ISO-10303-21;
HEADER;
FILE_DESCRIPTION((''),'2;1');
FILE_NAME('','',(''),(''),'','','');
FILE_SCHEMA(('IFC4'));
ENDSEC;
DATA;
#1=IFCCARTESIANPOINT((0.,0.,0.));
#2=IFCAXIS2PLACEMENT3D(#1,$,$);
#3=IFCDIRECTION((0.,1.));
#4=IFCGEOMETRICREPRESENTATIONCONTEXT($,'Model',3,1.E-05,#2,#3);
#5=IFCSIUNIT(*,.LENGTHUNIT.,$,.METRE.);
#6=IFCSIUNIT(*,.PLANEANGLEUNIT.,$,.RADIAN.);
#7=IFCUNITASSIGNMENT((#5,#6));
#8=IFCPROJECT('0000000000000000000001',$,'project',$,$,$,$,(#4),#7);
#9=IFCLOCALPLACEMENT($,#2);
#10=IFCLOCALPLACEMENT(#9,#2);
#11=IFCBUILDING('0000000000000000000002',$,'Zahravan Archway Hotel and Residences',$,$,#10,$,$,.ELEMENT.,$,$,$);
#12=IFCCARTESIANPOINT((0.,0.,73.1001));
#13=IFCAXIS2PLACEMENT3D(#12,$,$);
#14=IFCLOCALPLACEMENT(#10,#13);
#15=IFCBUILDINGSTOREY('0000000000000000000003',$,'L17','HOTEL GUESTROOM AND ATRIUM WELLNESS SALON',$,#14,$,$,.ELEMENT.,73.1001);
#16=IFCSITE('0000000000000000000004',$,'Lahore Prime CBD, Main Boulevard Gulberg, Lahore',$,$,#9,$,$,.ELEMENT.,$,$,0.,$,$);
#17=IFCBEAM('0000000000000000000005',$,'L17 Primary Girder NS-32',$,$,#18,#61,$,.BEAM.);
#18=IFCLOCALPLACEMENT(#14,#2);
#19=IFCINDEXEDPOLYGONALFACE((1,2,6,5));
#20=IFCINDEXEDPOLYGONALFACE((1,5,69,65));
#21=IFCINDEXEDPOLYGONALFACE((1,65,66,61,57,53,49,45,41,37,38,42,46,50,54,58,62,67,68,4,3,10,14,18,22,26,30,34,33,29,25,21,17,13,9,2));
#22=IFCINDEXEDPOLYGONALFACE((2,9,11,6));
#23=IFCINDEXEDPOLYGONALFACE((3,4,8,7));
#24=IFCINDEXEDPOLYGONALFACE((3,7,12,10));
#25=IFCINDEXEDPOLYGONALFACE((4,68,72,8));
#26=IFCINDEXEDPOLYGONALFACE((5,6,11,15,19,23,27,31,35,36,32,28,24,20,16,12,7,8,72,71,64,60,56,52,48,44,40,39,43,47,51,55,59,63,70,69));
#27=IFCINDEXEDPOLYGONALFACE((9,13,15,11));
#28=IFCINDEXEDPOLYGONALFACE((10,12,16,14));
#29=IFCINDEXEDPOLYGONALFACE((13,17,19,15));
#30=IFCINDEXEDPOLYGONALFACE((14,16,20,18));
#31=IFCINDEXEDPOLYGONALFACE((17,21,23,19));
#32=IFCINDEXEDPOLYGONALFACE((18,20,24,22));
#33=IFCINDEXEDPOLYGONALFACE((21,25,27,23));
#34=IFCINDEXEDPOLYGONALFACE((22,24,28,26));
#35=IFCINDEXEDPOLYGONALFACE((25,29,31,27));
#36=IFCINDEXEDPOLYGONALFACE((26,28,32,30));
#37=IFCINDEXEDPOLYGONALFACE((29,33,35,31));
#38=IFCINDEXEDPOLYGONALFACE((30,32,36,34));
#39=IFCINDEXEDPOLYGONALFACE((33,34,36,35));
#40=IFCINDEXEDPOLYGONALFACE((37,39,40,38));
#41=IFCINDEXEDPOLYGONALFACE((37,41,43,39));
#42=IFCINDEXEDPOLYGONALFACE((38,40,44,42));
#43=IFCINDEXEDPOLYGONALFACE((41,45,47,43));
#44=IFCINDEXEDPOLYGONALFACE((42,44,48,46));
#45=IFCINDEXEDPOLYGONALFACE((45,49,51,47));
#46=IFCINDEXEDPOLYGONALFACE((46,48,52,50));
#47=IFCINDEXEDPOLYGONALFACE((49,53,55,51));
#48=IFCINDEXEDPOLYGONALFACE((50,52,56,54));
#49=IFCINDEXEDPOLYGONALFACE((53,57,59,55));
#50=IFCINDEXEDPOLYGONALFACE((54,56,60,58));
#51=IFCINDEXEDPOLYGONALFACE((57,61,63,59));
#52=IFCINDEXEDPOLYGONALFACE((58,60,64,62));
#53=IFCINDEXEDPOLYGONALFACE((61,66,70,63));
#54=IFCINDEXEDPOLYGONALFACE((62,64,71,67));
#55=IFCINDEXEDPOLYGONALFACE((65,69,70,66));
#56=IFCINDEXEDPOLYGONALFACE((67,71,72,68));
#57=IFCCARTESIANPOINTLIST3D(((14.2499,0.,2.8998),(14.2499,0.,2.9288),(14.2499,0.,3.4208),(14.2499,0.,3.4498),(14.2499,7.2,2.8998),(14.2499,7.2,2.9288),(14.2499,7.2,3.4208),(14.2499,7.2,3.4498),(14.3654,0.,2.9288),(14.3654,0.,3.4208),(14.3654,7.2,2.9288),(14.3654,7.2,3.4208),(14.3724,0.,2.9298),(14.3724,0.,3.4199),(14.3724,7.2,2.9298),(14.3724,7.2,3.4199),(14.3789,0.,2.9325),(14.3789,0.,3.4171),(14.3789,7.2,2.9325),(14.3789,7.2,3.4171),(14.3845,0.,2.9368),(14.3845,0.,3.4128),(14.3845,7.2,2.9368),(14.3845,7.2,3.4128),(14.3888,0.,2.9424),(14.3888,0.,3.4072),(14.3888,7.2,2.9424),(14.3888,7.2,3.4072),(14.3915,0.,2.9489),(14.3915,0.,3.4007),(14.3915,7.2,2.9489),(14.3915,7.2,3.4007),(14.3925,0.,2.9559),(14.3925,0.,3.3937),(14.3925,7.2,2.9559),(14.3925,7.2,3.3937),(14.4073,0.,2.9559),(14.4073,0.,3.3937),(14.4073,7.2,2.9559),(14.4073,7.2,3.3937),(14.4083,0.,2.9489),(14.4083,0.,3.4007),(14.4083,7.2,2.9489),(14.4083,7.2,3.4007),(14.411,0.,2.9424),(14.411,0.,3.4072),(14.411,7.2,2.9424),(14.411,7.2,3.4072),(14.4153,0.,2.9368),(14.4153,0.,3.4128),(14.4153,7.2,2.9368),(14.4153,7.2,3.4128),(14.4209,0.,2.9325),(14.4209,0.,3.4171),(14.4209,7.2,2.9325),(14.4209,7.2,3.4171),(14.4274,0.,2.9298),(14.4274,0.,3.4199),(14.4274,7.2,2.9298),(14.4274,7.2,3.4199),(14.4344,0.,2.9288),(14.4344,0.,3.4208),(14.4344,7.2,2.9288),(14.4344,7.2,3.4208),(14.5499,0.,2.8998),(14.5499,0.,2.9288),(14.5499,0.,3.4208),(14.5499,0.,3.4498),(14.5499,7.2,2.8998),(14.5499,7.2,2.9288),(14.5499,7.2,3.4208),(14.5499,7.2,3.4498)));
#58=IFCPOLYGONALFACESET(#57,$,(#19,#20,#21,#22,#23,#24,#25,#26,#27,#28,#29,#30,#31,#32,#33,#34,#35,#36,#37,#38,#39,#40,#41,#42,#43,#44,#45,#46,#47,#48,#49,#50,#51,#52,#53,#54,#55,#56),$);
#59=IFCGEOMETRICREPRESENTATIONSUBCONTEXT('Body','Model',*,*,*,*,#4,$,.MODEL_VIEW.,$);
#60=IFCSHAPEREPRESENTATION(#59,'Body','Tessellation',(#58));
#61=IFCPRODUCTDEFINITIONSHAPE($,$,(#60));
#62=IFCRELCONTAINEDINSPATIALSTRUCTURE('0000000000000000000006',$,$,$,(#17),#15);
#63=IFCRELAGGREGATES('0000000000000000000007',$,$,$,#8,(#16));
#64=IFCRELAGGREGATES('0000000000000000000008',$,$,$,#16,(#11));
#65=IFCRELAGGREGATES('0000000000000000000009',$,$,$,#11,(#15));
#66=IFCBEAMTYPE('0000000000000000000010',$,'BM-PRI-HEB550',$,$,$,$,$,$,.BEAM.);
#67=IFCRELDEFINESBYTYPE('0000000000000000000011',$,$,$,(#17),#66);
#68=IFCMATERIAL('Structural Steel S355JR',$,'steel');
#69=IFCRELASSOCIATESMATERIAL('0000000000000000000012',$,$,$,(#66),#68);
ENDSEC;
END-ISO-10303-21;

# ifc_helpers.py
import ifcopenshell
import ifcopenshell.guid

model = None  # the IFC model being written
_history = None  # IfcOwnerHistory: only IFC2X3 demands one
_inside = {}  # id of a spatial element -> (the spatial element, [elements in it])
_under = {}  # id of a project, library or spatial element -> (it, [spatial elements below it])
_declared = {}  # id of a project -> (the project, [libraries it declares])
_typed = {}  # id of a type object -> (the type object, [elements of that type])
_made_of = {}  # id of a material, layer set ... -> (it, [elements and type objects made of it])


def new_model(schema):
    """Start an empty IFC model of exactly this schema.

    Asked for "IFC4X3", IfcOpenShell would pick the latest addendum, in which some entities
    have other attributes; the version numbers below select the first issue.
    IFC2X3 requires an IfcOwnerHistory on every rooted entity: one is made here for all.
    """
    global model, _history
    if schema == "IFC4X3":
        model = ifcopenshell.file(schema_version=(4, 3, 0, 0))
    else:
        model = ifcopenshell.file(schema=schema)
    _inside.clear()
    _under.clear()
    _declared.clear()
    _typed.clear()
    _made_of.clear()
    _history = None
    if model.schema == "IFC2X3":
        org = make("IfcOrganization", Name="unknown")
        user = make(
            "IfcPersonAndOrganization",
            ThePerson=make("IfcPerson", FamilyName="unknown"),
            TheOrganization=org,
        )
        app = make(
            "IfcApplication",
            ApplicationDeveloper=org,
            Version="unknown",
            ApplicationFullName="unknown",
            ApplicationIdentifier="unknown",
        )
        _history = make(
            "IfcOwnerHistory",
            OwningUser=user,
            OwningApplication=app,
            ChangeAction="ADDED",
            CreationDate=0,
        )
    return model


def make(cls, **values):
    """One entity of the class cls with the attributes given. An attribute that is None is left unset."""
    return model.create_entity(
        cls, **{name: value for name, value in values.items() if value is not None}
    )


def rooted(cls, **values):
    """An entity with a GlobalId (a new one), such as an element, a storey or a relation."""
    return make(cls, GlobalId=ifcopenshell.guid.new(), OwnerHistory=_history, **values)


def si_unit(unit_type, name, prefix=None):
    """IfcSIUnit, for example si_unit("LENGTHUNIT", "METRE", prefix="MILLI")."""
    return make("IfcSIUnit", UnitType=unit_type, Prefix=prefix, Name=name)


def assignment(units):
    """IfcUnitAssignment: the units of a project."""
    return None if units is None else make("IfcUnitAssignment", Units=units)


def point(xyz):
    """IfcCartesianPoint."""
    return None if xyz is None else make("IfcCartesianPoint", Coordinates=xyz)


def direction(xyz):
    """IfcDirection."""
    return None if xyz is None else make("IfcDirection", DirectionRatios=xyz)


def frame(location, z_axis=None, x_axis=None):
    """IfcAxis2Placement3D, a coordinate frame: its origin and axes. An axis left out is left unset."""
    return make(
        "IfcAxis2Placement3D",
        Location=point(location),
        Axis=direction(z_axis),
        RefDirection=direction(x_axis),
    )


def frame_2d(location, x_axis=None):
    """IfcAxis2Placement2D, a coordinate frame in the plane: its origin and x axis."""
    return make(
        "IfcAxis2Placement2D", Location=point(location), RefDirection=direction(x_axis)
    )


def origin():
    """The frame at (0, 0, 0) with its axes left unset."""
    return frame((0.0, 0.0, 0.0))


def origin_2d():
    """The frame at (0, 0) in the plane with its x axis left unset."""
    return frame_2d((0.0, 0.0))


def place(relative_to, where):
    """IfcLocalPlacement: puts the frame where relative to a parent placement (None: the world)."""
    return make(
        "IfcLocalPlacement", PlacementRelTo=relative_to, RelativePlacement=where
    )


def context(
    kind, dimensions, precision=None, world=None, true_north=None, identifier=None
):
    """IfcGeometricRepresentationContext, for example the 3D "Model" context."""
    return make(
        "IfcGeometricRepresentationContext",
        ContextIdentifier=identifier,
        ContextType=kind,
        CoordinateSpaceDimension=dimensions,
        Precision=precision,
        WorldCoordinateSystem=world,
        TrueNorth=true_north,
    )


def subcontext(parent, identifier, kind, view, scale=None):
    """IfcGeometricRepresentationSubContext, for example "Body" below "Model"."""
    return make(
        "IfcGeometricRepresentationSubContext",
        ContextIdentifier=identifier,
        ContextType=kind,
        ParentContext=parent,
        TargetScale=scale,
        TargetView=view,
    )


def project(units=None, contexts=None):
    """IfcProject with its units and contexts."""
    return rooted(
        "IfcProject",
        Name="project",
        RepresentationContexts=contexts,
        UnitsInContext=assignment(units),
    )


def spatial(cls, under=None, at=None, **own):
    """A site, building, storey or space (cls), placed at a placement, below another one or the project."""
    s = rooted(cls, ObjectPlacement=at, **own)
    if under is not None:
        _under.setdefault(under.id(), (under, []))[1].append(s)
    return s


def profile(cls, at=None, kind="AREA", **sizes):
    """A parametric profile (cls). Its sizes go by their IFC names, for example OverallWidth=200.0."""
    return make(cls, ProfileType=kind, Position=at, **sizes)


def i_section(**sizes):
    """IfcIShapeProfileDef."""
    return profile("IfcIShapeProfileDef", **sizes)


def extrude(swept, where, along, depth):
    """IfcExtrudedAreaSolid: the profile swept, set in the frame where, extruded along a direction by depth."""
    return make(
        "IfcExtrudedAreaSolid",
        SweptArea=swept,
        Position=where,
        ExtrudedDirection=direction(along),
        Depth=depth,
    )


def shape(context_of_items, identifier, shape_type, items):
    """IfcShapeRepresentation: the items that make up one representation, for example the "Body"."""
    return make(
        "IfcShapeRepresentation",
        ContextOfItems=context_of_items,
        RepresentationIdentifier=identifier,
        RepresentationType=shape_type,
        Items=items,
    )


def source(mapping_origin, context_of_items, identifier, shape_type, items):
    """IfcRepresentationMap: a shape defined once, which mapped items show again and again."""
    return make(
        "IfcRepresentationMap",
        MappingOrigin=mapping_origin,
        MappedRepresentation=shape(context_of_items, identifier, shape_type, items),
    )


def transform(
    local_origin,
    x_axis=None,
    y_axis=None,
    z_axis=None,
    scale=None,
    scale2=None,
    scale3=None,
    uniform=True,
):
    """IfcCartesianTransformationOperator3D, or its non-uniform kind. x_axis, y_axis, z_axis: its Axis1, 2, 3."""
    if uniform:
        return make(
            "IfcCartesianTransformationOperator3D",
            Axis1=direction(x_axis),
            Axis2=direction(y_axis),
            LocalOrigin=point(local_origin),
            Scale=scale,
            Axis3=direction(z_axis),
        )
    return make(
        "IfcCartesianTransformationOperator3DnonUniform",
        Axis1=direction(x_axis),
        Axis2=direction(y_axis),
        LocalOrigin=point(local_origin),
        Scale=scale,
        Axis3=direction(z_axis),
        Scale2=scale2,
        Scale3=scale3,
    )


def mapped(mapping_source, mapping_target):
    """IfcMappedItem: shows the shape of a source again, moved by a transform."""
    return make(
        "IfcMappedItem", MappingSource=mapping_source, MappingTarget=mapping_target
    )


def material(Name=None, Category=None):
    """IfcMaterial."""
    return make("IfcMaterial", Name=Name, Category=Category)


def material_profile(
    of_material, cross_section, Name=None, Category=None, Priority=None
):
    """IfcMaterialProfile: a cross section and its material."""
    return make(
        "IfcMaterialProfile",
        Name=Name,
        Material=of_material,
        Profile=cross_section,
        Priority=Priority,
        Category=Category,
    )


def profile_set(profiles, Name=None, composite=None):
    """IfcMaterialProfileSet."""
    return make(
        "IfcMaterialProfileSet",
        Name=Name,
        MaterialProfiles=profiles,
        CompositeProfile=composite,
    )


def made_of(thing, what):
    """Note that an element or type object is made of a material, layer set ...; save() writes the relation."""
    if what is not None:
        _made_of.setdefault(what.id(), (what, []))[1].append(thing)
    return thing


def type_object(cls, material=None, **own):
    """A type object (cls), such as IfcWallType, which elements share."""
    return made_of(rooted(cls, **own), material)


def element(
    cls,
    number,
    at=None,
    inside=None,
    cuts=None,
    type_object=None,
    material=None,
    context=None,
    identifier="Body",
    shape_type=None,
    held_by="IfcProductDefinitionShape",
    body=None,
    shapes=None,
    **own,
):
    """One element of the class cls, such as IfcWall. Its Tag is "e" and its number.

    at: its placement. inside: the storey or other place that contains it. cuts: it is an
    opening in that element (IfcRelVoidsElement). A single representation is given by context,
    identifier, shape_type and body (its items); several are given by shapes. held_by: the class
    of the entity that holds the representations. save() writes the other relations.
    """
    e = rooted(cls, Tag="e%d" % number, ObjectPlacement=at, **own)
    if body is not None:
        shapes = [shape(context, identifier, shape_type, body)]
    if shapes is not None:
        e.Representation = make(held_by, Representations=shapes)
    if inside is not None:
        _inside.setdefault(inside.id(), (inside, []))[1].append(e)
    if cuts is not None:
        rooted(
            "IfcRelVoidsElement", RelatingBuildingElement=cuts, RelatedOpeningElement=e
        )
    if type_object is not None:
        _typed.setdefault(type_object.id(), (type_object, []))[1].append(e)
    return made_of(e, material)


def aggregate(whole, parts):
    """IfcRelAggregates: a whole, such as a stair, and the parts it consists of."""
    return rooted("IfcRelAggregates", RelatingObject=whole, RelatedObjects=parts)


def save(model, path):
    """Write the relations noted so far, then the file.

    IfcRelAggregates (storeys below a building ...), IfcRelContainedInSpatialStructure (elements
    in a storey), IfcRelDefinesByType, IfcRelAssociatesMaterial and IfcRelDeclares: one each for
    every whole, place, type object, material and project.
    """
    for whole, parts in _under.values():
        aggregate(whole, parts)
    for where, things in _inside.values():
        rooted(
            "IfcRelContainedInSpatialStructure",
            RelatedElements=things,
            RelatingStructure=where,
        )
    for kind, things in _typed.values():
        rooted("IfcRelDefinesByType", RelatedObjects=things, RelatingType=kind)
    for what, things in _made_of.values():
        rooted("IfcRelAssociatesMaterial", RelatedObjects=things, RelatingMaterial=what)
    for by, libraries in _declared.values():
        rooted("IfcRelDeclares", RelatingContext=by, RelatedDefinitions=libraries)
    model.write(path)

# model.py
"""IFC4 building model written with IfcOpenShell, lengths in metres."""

from ifc_helpers import new_model, si_unit, direction, frame, origin, origin_2d, place, context, subcontext, project, spatial, i_section, extrude, source, transform, mapped, material, material_profile, profile_set, type_object, element, save


model = new_model("IFC4")

# Units and contexts
model_context = context("Model", 3, precision=1e-05, world=origin(), true_north=direction((0.0, 1.0)))
body_context = subcontext(model_context, "Body", "Model", "MODEL_VIEW")
ifc_project = project(units=[si_unit("LENGTHUNIT", "METRE"), si_unit("PLANEANGLEUNIT", "RADIAN")], contexts=[model_context])

# Site, building, storey
site_placement = place(None, origin())
site = spatial("IfcSite", under=ifc_project, at=site_placement, Name="Lahore Prime CBD, Main Boulevard Gulberg, Lahore", CompositionType="ELEMENT", RefElevation=0.0)
building_placement = place(site_placement, origin())
building = spatial("IfcBuilding", under=site, at=building_placement, Name="Zahravan Archway Hotel and Residences", CompositionType="ELEMENT")
storey_placement = place(building_placement, frame((0.0, 0.0, 73.1001)))
storey = spatial("IfcBuildingStorey", under=building, at=storey_placement, Name="L17", Description="HOTEL GUESTROOM AND ATRIUM WELLNESS SALON", CompositionType="ELEMENT", Elevation=73.1001)

# Beam
ifc_material_1 = material(Name="Structural Steel S355JR", Category="steel")
ifc_material_profile = material_profile(ifc_material_1, i_section(OverallWidth=0.3, OverallDepth=0.55, WebThickness=0.0149, FlangeThickness=0.0291, FilletRadius=0.0271, at=origin_2d()), Name="HEB 550", Category="steel")
ifc_profile_set = profile_set([ifc_material_profile], Name="Structural Steel S355JR")
beam_type = type_object("IfcBeamType", Name="BM-PRI-HEB550", PredefinedType="BEAM", material=ifc_profile_set)
shared_shape_1 = source(origin(), body_context, "Body", "SweptSolid", [
    extrude(i_section(OverallWidth=0.3, OverallDepth=0.55, WebThickness=0.0149, FlangeThickness=0.0291, FilletRadius=0.0271, at=origin_2d()), origin(), (0.0, 0.0, 1.0), 7.2),
])
beam_placement = place(storey_placement, frame((14.3999, 0.0, 3.1748), z_axis=(0.0, 1.0, 0.0), x_axis=(-1.0, 0.0, 0.0)))
element("IfcBeam", 1, at=beam_placement, inside=storey, type_object=beam_type, Name="L17 Primary Girder NS-32", PredefinedType="BEAM", context=body_context, shape_type="MappedRepresentation", body=[
    mapped(shared_shape_1, transform((0.0, 0.0, 0.0), scale=1.0)),
])

save(model, "model.ifc")
